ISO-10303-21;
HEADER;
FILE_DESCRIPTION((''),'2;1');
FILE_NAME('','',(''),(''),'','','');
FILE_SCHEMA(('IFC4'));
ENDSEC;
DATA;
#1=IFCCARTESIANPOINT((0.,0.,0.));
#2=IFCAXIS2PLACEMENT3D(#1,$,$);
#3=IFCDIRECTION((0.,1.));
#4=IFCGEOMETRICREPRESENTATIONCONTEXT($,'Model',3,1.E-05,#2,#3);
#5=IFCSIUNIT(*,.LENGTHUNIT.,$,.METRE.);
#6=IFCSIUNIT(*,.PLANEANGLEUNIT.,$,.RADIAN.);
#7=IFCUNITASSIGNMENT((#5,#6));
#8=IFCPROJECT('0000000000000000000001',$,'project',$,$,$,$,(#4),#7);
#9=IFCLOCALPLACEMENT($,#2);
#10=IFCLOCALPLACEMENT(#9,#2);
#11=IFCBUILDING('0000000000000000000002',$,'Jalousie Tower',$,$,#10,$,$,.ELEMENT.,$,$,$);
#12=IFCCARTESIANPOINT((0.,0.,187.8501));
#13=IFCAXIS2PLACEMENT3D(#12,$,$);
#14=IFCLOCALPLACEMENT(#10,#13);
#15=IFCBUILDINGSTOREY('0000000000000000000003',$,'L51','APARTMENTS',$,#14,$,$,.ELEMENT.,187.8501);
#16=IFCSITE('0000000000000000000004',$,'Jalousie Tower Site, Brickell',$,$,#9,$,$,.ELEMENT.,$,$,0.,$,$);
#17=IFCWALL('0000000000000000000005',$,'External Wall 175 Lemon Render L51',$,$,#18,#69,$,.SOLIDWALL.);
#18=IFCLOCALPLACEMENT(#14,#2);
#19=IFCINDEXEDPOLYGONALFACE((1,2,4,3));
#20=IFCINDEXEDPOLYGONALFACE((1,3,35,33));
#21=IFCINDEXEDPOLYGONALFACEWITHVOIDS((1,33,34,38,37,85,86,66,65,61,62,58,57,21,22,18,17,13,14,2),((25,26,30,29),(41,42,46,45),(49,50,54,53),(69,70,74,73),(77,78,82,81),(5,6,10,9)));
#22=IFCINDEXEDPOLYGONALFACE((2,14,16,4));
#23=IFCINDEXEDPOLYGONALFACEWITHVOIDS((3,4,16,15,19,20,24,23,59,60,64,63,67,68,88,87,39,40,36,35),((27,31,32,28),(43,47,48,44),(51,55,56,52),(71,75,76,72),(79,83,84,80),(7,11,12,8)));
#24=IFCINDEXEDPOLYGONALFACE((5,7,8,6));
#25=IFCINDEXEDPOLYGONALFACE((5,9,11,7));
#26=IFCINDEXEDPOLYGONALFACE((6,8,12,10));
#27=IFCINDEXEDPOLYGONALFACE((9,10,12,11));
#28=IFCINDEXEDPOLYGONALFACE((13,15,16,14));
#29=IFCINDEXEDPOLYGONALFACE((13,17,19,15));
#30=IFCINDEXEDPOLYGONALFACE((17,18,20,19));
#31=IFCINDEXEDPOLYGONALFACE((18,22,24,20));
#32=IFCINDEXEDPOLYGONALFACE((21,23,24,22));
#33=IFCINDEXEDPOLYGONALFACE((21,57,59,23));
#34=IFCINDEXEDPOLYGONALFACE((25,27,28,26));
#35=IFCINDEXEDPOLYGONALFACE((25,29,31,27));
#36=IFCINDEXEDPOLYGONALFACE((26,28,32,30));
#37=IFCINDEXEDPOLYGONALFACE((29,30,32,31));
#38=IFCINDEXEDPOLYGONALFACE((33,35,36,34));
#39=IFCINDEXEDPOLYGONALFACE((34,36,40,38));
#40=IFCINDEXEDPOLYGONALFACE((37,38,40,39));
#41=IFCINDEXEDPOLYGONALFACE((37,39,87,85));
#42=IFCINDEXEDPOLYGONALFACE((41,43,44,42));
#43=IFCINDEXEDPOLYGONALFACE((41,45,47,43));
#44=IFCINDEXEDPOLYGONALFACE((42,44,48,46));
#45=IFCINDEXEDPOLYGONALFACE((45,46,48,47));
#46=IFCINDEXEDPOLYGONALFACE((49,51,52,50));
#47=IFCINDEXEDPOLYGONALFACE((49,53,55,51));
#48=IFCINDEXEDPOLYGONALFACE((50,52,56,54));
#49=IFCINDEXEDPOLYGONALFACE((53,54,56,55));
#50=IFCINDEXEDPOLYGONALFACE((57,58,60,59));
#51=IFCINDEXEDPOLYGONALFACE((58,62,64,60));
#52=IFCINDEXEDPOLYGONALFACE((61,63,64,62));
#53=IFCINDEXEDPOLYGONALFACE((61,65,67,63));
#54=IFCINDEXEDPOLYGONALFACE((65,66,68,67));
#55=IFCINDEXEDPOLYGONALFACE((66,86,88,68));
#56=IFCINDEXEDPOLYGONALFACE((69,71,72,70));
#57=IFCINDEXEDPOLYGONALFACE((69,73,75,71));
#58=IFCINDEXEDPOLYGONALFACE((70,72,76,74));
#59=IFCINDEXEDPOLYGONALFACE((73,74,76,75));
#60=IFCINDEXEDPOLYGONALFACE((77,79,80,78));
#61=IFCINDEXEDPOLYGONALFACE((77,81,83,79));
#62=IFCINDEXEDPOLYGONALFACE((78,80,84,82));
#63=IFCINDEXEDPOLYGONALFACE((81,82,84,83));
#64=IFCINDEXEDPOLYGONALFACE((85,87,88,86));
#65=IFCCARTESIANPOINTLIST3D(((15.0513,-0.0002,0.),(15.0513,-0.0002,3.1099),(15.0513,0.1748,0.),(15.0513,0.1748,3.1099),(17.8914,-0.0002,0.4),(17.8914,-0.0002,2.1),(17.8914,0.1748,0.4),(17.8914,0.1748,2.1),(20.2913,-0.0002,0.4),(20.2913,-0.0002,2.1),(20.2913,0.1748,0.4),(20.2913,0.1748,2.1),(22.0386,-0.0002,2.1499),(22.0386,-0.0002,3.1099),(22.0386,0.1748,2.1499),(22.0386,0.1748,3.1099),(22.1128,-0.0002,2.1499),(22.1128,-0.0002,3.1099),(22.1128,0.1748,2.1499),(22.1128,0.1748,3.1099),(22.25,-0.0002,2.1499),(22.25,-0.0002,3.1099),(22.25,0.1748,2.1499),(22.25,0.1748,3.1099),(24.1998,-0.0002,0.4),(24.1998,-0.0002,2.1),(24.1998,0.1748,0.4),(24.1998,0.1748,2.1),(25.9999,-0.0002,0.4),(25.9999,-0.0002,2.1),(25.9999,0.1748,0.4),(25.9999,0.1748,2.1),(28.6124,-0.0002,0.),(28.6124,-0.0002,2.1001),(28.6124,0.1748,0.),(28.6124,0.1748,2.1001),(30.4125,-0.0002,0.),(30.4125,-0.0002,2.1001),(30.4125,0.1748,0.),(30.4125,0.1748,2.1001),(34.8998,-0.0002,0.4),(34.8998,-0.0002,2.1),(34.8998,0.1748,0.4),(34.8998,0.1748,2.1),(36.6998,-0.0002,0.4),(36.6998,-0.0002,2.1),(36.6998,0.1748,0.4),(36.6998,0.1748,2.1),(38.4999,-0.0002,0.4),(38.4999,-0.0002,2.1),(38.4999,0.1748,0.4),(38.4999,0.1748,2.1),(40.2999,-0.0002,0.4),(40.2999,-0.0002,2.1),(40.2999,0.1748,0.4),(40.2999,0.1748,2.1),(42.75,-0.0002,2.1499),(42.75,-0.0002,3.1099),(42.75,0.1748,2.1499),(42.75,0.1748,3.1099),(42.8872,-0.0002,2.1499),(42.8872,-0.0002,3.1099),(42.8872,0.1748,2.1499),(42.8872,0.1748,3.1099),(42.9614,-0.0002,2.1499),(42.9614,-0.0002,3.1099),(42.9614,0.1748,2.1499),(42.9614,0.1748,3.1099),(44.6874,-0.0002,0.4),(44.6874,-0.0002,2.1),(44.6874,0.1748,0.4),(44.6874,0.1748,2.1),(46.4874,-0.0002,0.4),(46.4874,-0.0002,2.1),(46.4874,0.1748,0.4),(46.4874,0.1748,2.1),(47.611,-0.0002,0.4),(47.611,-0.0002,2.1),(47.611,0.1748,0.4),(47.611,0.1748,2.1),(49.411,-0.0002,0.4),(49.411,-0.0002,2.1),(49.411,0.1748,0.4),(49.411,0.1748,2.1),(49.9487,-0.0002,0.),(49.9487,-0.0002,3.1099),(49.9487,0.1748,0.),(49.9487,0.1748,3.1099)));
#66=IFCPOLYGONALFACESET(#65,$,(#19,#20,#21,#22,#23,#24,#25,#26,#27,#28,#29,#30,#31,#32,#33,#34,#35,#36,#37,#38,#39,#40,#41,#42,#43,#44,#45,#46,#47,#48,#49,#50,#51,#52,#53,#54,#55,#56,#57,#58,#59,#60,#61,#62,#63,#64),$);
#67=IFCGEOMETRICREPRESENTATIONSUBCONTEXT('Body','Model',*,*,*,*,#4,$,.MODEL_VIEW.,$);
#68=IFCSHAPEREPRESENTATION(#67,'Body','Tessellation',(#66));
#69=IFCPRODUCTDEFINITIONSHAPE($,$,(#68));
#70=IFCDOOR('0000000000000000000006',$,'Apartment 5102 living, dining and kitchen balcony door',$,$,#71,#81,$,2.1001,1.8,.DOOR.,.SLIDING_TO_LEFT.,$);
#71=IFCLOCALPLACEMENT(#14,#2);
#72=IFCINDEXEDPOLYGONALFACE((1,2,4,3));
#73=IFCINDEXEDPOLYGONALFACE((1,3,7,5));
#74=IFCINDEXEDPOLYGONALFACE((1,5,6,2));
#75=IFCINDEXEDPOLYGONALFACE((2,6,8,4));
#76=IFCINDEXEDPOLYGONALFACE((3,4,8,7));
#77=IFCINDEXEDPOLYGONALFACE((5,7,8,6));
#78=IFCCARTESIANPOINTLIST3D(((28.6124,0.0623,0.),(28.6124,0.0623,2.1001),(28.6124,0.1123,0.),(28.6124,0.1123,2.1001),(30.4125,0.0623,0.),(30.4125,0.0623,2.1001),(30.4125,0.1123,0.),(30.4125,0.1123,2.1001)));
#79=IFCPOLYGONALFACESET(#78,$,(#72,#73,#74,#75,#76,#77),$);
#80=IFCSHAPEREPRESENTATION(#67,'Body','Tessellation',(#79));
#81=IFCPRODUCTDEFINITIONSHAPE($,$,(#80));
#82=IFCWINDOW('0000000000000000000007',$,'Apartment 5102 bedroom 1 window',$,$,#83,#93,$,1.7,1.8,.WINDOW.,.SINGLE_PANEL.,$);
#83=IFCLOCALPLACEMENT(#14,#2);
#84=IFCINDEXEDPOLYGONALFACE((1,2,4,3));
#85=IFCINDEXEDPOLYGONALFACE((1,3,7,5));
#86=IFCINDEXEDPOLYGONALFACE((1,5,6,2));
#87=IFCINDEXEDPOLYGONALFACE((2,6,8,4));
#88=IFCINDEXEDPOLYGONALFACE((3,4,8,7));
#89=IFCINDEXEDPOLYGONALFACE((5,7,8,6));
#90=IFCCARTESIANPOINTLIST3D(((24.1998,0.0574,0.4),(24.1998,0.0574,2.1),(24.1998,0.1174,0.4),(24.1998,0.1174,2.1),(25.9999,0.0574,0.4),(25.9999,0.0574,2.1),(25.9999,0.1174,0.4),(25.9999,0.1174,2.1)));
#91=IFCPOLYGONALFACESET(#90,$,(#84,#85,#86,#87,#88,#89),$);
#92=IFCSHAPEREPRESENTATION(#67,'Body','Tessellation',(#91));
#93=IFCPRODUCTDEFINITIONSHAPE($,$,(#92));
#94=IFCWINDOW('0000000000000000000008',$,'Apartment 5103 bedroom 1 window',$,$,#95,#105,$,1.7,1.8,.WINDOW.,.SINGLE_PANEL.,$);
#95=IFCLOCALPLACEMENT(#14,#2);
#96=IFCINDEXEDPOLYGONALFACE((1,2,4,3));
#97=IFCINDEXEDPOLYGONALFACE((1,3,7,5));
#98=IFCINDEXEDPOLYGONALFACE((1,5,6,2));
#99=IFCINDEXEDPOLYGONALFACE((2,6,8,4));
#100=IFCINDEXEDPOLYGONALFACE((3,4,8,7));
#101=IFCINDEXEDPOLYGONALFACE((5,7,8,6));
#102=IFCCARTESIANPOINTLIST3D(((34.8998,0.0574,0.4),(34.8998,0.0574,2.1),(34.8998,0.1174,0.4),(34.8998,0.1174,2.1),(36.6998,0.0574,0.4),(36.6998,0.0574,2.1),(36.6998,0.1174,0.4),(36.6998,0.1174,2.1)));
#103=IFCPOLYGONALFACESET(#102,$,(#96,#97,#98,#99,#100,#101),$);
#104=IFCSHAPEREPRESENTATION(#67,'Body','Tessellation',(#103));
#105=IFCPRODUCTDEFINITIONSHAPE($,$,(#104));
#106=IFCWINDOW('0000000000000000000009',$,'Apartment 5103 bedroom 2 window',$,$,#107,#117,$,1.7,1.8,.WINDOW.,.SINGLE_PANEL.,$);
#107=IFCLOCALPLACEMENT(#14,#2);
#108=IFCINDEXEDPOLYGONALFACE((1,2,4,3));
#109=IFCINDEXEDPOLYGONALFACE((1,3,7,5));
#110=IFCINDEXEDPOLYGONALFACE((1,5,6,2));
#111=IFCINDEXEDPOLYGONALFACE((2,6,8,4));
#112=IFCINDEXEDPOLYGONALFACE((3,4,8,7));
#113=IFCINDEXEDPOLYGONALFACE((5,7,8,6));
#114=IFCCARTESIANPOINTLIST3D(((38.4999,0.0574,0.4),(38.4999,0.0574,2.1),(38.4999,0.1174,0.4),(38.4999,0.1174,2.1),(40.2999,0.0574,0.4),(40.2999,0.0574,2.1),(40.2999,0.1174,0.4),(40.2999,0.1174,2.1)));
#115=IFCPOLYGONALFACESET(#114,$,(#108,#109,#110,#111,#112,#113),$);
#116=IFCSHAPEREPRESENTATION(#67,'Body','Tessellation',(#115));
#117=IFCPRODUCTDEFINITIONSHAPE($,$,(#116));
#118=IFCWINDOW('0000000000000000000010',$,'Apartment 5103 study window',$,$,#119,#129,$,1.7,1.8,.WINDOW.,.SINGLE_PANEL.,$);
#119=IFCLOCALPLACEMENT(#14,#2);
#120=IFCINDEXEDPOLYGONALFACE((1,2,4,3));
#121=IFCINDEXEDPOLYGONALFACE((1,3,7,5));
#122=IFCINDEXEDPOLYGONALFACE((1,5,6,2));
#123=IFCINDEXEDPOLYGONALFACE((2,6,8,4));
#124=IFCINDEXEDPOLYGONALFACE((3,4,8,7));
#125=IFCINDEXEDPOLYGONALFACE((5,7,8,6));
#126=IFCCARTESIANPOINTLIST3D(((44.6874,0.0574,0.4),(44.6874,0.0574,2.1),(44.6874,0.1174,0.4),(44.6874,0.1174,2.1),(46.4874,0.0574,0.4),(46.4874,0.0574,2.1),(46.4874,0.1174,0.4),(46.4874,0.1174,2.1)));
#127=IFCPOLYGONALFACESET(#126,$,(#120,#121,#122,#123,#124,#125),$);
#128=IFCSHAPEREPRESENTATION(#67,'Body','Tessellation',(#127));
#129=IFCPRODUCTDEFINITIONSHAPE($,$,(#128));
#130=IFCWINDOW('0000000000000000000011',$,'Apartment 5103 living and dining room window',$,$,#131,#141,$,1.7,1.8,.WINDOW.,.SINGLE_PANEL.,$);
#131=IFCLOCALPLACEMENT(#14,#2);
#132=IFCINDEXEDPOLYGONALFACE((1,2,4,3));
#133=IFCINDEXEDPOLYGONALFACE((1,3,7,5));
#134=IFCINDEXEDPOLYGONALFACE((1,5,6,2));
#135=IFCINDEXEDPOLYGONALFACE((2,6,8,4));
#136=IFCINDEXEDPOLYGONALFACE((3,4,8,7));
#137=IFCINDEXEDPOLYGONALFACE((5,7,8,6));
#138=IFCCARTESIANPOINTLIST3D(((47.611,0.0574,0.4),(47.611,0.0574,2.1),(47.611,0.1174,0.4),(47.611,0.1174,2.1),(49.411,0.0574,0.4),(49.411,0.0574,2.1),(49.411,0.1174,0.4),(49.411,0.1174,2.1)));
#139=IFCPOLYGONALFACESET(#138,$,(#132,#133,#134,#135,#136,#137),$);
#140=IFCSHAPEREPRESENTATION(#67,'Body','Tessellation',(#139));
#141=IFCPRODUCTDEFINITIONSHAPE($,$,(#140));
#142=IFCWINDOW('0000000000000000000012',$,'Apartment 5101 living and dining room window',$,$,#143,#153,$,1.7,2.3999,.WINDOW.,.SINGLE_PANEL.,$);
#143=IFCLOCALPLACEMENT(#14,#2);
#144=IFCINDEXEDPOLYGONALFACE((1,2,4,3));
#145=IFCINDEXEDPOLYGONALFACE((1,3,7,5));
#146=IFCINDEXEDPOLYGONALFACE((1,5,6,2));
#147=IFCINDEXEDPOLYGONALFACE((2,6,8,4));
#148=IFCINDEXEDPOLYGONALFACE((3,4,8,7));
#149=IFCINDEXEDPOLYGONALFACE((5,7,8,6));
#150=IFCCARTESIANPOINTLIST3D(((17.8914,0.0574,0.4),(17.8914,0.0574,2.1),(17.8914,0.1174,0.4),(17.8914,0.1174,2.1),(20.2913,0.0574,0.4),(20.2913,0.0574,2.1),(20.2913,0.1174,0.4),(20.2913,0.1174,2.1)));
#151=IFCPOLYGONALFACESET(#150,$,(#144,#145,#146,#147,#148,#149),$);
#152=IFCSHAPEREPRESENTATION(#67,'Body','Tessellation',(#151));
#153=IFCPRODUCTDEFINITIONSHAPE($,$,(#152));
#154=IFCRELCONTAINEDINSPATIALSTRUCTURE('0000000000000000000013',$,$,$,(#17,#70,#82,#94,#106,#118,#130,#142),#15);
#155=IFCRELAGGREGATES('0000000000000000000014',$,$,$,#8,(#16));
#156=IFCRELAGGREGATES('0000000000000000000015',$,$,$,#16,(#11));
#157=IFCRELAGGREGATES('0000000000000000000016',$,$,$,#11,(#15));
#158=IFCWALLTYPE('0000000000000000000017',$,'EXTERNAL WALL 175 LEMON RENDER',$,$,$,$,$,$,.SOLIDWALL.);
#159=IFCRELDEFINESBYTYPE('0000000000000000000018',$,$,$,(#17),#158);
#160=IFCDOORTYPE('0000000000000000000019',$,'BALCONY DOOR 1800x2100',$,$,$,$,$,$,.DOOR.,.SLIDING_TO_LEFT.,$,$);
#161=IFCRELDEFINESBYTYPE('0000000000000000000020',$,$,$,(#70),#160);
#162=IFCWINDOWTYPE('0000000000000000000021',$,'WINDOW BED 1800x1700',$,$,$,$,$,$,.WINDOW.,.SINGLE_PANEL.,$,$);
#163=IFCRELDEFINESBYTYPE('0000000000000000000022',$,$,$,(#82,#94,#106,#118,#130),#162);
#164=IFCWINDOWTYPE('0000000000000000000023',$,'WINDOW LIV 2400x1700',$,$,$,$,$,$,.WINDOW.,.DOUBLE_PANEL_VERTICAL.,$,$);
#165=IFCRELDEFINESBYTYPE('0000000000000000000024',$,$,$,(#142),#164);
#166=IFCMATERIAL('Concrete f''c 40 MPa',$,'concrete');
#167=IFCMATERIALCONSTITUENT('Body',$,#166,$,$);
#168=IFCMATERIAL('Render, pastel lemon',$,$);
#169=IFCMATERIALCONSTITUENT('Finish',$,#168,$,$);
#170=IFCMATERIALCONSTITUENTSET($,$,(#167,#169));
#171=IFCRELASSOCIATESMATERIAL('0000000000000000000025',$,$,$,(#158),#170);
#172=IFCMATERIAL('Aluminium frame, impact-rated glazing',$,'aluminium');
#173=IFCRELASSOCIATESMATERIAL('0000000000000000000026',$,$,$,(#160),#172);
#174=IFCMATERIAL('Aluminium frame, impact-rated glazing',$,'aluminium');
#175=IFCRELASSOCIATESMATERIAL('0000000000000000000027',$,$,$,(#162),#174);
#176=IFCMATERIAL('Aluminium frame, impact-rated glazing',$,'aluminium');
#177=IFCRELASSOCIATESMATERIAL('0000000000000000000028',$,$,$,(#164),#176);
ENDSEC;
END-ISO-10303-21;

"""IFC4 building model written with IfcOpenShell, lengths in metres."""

from ifc_helpers import new_model, si_unit, direction, frame, frame_2d, origin, place, context, subcontext, project, spatial, polyline, rectangle, outline, extrude, material, constituent, constituent_set, type_object, element, fill, save


model = new_model("IFC4")

# Units and contexts
model_context = context("Model", 3, precision=1e-05, world=origin(), true_north=direction((0.0, 1.0)))
body_context = subcontext(model_context, "Body", "Model", "MODEL_VIEW")
ifc_project = project(units=[si_unit("LENGTHUNIT", "METRE"), si_unit("PLANEANGLEUNIT", "RADIAN")], contexts=[model_context])

# Site, building, storey
site_placement = place(None, origin())
site = spatial("IfcSite", under=ifc_project, at=site_placement, Name="Jalousie Tower Site, Brickell", CompositionType="ELEMENT", RefElevation=0.0)
building_placement = place(site_placement, origin())
building = spatial("IfcBuilding", under=site, at=building_placement, Name="Jalousie Tower", CompositionType="ELEMENT")
storey_placement = place(building_placement, frame((0.0, 0.0, 187.8501)))
storey = spatial("IfcBuildingStorey", under=building, at=storey_placement, Name="L51", Description="APARTMENTS", CompositionType="ELEMENT", Elevation=187.8501)

# Wall, openings, door, windows
ifc_material_1 = material(Name="Concrete f'c 40 MPa", Category="concrete")
ifc_constituent_1 = constituent(ifc_material_1, Name="Body")
ifc_material_2 = material(Name="Render, pastel lemon")
ifc_constituent_2 = constituent(ifc_material_2, Name="Finish")
ifc_constituent_set_1 = constituent_set(constituents=[ifc_constituent_1, ifc_constituent_2])
wall_type_1 = type_object("IfcWallType", Name="EXTERNAL WALL 175 LEMON RENDER", PredefinedType="SOLIDWALL", material=ifc_constituent_set_1)
wall_1_placement = place(storey_placement, frame((15.0513, 0.0874, 0.0), z_axis=(0.0, 0.0, 1.0), x_axis=(1.0, 0.0, 0.0)))
wall_1 = element("IfcWall", 1, at=wall_1_placement, inside=storey, type_object=wall_type_1, Name="External Wall 175 Lemon Render L51", PredefinedType="SOLIDWALL", context=body_context, shape_type="SweptSolid", body=[
    extrude(outline(polyline([(0.0, 0.0), (34.8975, 0.0), (34.8975, 3.1099), (27.9102, 3.1099), (27.9102, 2.1499), (27.8359, 2.1499), (27.8359, 3.1099), (27.6987, 3.1099), (27.6987, 2.1499), (7.1987, 2.1499), (7.1987, 3.1099), (7.0615, 3.1099), (7.0615, 2.1499), (6.9873, 2.1499), (6.9873, 3.1099), (0.0, 3.1099), (0.0, 0.0)])), frame((0.0, 0.0874, 0.0), z_axis=(0.0, -1.0, 0.0), x_axis=(1.0, 0.0, 0.0)), (0.0, 0.0, 1.0), 0.175),
])
opening_1_placement = place(wall_1_placement, frame((2.8401, 0.0, 0.3999)))
opening_1 = element("IfcOpeningElement", 2, at=opening_1_placement, cuts=wall_1, PredefinedType="OPENING", context=body_context, shape_type="SweptSolid", body=[
    extrude(rectangle(XDim=2.3999, YDim=1.7, at=frame_2d((1.2, 0.8501))), frame((0.0, 0.0974, 0.0), z_axis=(0.0, -1.0, 0.0), x_axis=(1.0, 0.0, 0.0)), (0.0, 0.0, 1.0), 0.1951),
])
opening_2_placement = place(wall_1_placement, frame((9.1487, 0.0, 0.3999)))
opening_2 = element("IfcOpeningElement", 3, at=opening_2_placement, cuts=wall_1, PredefinedType="OPENING", context=body_context, shape_type="SweptSolid", body=[
    extrude(rectangle(XDim=1.8, YDim=1.7, at=frame_2d((0.8999, 0.8501))), frame((0.0, 0.0974, 0.0), z_axis=(0.0, -1.0, 0.0), x_axis=(1.0, 0.0, 0.0)), (0.0, 0.0, 1.0), 0.1951),
])
opening_3_placement = place(wall_1_placement, frame((13.5613, 0.0, 0.0)))
opening_3 = element("IfcOpeningElement", 4, at=opening_3_placement, cuts=wall_1, PredefinedType="OPENING", context=body_context, shape_type="SweptSolid", body=[
    extrude(rectangle(XDim=1.8, YDim=2.1001, at=frame_2d((0.8999, 1.05))), frame((0.0, 0.0974, 0.0), z_axis=(0.0, -1.0, 0.0), x_axis=(1.0, 0.0, 0.0)), (0.0, 0.0, 1.0), 0.1951),
])
opening_4_placement = place(wall_1_placement, frame((19.8486, 0.0, 0.3999)))
opening_4 = element("IfcOpeningElement", 5, at=opening_4_placement, cuts=wall_1, PredefinedType="OPENING", context=body_context, shape_type="SweptSolid", body=[
    extrude(rectangle(XDim=1.8, YDim=1.7, at=frame_2d((0.8999, 0.8501))), frame((0.0, 0.0974, 0.0), z_axis=(0.0, -1.0, 0.0), x_axis=(1.0, 0.0, 0.0)), (0.0, 0.0, 1.0), 0.1951),
])
opening_5_placement = place(wall_1_placement, frame((23.4487, 0.0, 0.3999)))
opening_5 = element("IfcOpeningElement", 6, at=opening_5_placement, cuts=wall_1, PredefinedType="OPENING", context=body_context, shape_type="SweptSolid", body=[
    extrude(rectangle(XDim=1.8, YDim=1.7, at=frame_2d((0.8999, 0.8501))), frame((0.0, 0.0974, 0.0), z_axis=(0.0, -1.0, 0.0), x_axis=(1.0, 0.0, 0.0)), (0.0, 0.0, 1.0), 0.1951),
])
opening_6_placement = place(wall_1_placement, frame((29.6362, 0.0, 0.3999)))
opening_6 = element("IfcOpeningElement", 7, at=opening_6_placement, cuts=wall_1, PredefinedType="OPENING", context=body_context, shape_type="SweptSolid", body=[
    extrude(rectangle(XDim=1.8, YDim=1.7, at=frame_2d((0.8999, 0.8501))), frame((0.0, 0.0974, 0.0), z_axis=(0.0, -1.0, 0.0), x_axis=(1.0, 0.0, 0.0)), (0.0, 0.0, 1.0), 0.1951),
])
opening_7_placement = place(wall_1_placement, frame((32.5598, 0.0, 0.3999)))
opening_7 = element("IfcOpeningElement", 8, at=opening_7_placement, cuts=wall_1, PredefinedType="OPENING", context=body_context, shape_type="SweptSolid", body=[
    extrude(rectangle(XDim=1.8, YDim=1.7, at=frame_2d((0.8999, 0.8501))), frame((0.0, 0.0974, 0.0), z_axis=(0.0, -1.0, 0.0), x_axis=(1.0, 0.0, 0.0)), (0.0, 0.0, 1.0), 0.1951),
])
ifc_material_3 = material(Name="Aluminium frame, impact-rated glazing", Category="aluminium")
door_type_1 = type_object("IfcDoorType", Name="BALCONY DOOR 1800x2100", OperationType="SLIDING_TO_LEFT", PredefinedType="DOOR", material=ifc_material_3)
door_1_placement = place(opening_3_placement, origin())
door_1 = element("IfcDoor", 9, at=door_1_placement, inside=storey, type_object=door_type_1, Name="Apartment 5102 living, dining and kitchen balcony door", OperationType="SLIDING_TO_LEFT", OverallHeight=2.1001, OverallWidth=1.8, PredefinedType="DOOR", context=body_context, shape_type="SweptSolid", body=[
    extrude(rectangle(XDim=1.8, YDim=2.1001, at=frame_2d((0.8999, 1.05))), frame((0.0, 0.0249, 0.0), z_axis=(0.0, -1.0, 0.0), x_axis=(1.0, 0.0, 0.0)), (0.0, 0.0, 1.0), 0.05),
])
fill(opening_3, door_1)
ifc_material_4 = material(Name="Aluminium frame, impact-rated glazing", Category="aluminium")
window_type_1 = type_object("IfcWindowType", Name="WINDOW BED 1800x1700", PartitioningType="SINGLE_PANEL", PredefinedType="WINDOW", material=ifc_material_4)
window_1_placement = place(opening_2_placement, origin())
window_1 = element("IfcWindow", 10, at=window_1_placement, inside=storey, type_object=window_type_1, Name="Apartment 5102 bedroom 1 window", OverallHeight=1.7, OverallWidth=1.8, PartitioningType="SINGLE_PANEL", PredefinedType="WINDOW", context=body_context, shape_type="SweptSolid", body=[
    extrude(rectangle(XDim=1.8, YDim=1.7, at=frame_2d((0.8999, 0.8501))), frame((0.0, 0.03, 0.0), z_axis=(0.0, -1.0, 0.0), x_axis=(1.0, 0.0, 0.0)), (0.0, 0.0, 1.0), 0.0601),
])
fill(opening_2, window_1)
window_2_placement = place(opening_4_placement, origin())
window_2 = element("IfcWindow", 11, at=window_2_placement, inside=storey, type_object=window_type_1, Name="Apartment 5103 bedroom 1 window", OverallHeight=1.7, OverallWidth=1.8, PartitioningType="SINGLE_PANEL", PredefinedType="WINDOW", context=body_context, shape_type="SweptSolid", body=[
    extrude(rectangle(XDim=1.8, YDim=1.7, at=frame_2d((0.8999, 0.8501))), frame((0.0, 0.03, 0.0), z_axis=(0.0, -1.0, 0.0), x_axis=(1.0, 0.0, 0.0)), (0.0, 0.0, 1.0), 0.0601),
])
fill(opening_4, window_2)
window_3_placement = place(opening_5_placement, origin())
window_3 = element("IfcWindow", 12, at=window_3_placement, inside=storey, type_object=window_type_1, Name="Apartment 5103 bedroom 2 window", OverallHeight=1.7, OverallWidth=1.8, PartitioningType="SINGLE_PANEL", PredefinedType="WINDOW", context=body_context, shape_type="SweptSolid", body=[
    extrude(rectangle(XDim=1.8, YDim=1.7, at=frame_2d((0.8999, 0.8501))), frame((0.0, 0.03, 0.0), z_axis=(0.0, -1.0, 0.0), x_axis=(1.0, 0.0, 0.0)), (0.0, 0.0, 1.0), 0.0601),
])
fill(opening_5, window_3)
window_4_placement = place(opening_6_placement, origin())
window_4 = element("IfcWindow", 13, at=window_4_placement, inside=storey, type_object=window_type_1, Name="Apartment 5103 study window", OverallHeight=1.7, OverallWidth=1.8, PartitioningType="SINGLE_PANEL", PredefinedType="WINDOW", context=body_context, shape_type="SweptSolid", body=[
    extrude(rectangle(XDim=1.8, YDim=1.7, at=frame_2d((0.8999, 0.8501))), frame((0.0, 0.03, 0.0), z_axis=(0.0, -1.0, 0.0), x_axis=(1.0, 0.0, 0.0)), (0.0, 0.0, 1.0), 0.0601),
])
fill(opening_6, window_4)
window_5_placement = place(opening_7_placement, origin())
window_5 = element("IfcWindow", 14, at=window_5_placement, inside=storey, type_object=window_type_1, Name="Apartment 5103 living and dining room window", OverallHeight=1.7, OverallWidth=1.8, PartitioningType="SINGLE_PANEL", PredefinedType="WINDOW", context=body_context, shape_type="SweptSolid", body=[
    extrude(rectangle(XDim=1.8, YDim=1.7, at=frame_2d((0.8999, 0.8501))), frame((0.0, 0.03, 0.0), z_axis=(0.0, -1.0, 0.0), x_axis=(1.0, 0.0, 0.0)), (0.0, 0.0, 1.0), 0.0601),
])
fill(opening_7, window_5)
ifc_material_5 = material(Name="Aluminium frame, impact-rated glazing", Category="aluminium")
window_type_2 = type_object("IfcWindowType", Name="WINDOW LIV 2400x1700", PartitioningType="DOUBLE_PANEL_VERTICAL", PredefinedType="WINDOW", material=ifc_material_5)
window_6_placement = place(opening_1_placement, origin())
window_6 = element("IfcWindow", 15, at=window_6_placement, inside=storey, type_object=window_type_2, Name="Apartment 5101 living and dining room window", OverallHeight=1.7, OverallWidth=2.3999, PartitioningType="SINGLE_PANEL", PredefinedType="WINDOW", context=body_context, shape_type="SweptSolid", body=[
    extrude(rectangle(XDim=2.3999, YDim=1.7, at=frame_2d((1.2, 0.8501))), frame((0.0, 0.03, 0.0), z_axis=(0.0, -1.0, 0.0), x_axis=(1.0, 0.0, 0.0)), (0.0, 0.0, 1.0), 0.0601),
])
fill(opening_1, window_6)

save(model, "model.ifc")
